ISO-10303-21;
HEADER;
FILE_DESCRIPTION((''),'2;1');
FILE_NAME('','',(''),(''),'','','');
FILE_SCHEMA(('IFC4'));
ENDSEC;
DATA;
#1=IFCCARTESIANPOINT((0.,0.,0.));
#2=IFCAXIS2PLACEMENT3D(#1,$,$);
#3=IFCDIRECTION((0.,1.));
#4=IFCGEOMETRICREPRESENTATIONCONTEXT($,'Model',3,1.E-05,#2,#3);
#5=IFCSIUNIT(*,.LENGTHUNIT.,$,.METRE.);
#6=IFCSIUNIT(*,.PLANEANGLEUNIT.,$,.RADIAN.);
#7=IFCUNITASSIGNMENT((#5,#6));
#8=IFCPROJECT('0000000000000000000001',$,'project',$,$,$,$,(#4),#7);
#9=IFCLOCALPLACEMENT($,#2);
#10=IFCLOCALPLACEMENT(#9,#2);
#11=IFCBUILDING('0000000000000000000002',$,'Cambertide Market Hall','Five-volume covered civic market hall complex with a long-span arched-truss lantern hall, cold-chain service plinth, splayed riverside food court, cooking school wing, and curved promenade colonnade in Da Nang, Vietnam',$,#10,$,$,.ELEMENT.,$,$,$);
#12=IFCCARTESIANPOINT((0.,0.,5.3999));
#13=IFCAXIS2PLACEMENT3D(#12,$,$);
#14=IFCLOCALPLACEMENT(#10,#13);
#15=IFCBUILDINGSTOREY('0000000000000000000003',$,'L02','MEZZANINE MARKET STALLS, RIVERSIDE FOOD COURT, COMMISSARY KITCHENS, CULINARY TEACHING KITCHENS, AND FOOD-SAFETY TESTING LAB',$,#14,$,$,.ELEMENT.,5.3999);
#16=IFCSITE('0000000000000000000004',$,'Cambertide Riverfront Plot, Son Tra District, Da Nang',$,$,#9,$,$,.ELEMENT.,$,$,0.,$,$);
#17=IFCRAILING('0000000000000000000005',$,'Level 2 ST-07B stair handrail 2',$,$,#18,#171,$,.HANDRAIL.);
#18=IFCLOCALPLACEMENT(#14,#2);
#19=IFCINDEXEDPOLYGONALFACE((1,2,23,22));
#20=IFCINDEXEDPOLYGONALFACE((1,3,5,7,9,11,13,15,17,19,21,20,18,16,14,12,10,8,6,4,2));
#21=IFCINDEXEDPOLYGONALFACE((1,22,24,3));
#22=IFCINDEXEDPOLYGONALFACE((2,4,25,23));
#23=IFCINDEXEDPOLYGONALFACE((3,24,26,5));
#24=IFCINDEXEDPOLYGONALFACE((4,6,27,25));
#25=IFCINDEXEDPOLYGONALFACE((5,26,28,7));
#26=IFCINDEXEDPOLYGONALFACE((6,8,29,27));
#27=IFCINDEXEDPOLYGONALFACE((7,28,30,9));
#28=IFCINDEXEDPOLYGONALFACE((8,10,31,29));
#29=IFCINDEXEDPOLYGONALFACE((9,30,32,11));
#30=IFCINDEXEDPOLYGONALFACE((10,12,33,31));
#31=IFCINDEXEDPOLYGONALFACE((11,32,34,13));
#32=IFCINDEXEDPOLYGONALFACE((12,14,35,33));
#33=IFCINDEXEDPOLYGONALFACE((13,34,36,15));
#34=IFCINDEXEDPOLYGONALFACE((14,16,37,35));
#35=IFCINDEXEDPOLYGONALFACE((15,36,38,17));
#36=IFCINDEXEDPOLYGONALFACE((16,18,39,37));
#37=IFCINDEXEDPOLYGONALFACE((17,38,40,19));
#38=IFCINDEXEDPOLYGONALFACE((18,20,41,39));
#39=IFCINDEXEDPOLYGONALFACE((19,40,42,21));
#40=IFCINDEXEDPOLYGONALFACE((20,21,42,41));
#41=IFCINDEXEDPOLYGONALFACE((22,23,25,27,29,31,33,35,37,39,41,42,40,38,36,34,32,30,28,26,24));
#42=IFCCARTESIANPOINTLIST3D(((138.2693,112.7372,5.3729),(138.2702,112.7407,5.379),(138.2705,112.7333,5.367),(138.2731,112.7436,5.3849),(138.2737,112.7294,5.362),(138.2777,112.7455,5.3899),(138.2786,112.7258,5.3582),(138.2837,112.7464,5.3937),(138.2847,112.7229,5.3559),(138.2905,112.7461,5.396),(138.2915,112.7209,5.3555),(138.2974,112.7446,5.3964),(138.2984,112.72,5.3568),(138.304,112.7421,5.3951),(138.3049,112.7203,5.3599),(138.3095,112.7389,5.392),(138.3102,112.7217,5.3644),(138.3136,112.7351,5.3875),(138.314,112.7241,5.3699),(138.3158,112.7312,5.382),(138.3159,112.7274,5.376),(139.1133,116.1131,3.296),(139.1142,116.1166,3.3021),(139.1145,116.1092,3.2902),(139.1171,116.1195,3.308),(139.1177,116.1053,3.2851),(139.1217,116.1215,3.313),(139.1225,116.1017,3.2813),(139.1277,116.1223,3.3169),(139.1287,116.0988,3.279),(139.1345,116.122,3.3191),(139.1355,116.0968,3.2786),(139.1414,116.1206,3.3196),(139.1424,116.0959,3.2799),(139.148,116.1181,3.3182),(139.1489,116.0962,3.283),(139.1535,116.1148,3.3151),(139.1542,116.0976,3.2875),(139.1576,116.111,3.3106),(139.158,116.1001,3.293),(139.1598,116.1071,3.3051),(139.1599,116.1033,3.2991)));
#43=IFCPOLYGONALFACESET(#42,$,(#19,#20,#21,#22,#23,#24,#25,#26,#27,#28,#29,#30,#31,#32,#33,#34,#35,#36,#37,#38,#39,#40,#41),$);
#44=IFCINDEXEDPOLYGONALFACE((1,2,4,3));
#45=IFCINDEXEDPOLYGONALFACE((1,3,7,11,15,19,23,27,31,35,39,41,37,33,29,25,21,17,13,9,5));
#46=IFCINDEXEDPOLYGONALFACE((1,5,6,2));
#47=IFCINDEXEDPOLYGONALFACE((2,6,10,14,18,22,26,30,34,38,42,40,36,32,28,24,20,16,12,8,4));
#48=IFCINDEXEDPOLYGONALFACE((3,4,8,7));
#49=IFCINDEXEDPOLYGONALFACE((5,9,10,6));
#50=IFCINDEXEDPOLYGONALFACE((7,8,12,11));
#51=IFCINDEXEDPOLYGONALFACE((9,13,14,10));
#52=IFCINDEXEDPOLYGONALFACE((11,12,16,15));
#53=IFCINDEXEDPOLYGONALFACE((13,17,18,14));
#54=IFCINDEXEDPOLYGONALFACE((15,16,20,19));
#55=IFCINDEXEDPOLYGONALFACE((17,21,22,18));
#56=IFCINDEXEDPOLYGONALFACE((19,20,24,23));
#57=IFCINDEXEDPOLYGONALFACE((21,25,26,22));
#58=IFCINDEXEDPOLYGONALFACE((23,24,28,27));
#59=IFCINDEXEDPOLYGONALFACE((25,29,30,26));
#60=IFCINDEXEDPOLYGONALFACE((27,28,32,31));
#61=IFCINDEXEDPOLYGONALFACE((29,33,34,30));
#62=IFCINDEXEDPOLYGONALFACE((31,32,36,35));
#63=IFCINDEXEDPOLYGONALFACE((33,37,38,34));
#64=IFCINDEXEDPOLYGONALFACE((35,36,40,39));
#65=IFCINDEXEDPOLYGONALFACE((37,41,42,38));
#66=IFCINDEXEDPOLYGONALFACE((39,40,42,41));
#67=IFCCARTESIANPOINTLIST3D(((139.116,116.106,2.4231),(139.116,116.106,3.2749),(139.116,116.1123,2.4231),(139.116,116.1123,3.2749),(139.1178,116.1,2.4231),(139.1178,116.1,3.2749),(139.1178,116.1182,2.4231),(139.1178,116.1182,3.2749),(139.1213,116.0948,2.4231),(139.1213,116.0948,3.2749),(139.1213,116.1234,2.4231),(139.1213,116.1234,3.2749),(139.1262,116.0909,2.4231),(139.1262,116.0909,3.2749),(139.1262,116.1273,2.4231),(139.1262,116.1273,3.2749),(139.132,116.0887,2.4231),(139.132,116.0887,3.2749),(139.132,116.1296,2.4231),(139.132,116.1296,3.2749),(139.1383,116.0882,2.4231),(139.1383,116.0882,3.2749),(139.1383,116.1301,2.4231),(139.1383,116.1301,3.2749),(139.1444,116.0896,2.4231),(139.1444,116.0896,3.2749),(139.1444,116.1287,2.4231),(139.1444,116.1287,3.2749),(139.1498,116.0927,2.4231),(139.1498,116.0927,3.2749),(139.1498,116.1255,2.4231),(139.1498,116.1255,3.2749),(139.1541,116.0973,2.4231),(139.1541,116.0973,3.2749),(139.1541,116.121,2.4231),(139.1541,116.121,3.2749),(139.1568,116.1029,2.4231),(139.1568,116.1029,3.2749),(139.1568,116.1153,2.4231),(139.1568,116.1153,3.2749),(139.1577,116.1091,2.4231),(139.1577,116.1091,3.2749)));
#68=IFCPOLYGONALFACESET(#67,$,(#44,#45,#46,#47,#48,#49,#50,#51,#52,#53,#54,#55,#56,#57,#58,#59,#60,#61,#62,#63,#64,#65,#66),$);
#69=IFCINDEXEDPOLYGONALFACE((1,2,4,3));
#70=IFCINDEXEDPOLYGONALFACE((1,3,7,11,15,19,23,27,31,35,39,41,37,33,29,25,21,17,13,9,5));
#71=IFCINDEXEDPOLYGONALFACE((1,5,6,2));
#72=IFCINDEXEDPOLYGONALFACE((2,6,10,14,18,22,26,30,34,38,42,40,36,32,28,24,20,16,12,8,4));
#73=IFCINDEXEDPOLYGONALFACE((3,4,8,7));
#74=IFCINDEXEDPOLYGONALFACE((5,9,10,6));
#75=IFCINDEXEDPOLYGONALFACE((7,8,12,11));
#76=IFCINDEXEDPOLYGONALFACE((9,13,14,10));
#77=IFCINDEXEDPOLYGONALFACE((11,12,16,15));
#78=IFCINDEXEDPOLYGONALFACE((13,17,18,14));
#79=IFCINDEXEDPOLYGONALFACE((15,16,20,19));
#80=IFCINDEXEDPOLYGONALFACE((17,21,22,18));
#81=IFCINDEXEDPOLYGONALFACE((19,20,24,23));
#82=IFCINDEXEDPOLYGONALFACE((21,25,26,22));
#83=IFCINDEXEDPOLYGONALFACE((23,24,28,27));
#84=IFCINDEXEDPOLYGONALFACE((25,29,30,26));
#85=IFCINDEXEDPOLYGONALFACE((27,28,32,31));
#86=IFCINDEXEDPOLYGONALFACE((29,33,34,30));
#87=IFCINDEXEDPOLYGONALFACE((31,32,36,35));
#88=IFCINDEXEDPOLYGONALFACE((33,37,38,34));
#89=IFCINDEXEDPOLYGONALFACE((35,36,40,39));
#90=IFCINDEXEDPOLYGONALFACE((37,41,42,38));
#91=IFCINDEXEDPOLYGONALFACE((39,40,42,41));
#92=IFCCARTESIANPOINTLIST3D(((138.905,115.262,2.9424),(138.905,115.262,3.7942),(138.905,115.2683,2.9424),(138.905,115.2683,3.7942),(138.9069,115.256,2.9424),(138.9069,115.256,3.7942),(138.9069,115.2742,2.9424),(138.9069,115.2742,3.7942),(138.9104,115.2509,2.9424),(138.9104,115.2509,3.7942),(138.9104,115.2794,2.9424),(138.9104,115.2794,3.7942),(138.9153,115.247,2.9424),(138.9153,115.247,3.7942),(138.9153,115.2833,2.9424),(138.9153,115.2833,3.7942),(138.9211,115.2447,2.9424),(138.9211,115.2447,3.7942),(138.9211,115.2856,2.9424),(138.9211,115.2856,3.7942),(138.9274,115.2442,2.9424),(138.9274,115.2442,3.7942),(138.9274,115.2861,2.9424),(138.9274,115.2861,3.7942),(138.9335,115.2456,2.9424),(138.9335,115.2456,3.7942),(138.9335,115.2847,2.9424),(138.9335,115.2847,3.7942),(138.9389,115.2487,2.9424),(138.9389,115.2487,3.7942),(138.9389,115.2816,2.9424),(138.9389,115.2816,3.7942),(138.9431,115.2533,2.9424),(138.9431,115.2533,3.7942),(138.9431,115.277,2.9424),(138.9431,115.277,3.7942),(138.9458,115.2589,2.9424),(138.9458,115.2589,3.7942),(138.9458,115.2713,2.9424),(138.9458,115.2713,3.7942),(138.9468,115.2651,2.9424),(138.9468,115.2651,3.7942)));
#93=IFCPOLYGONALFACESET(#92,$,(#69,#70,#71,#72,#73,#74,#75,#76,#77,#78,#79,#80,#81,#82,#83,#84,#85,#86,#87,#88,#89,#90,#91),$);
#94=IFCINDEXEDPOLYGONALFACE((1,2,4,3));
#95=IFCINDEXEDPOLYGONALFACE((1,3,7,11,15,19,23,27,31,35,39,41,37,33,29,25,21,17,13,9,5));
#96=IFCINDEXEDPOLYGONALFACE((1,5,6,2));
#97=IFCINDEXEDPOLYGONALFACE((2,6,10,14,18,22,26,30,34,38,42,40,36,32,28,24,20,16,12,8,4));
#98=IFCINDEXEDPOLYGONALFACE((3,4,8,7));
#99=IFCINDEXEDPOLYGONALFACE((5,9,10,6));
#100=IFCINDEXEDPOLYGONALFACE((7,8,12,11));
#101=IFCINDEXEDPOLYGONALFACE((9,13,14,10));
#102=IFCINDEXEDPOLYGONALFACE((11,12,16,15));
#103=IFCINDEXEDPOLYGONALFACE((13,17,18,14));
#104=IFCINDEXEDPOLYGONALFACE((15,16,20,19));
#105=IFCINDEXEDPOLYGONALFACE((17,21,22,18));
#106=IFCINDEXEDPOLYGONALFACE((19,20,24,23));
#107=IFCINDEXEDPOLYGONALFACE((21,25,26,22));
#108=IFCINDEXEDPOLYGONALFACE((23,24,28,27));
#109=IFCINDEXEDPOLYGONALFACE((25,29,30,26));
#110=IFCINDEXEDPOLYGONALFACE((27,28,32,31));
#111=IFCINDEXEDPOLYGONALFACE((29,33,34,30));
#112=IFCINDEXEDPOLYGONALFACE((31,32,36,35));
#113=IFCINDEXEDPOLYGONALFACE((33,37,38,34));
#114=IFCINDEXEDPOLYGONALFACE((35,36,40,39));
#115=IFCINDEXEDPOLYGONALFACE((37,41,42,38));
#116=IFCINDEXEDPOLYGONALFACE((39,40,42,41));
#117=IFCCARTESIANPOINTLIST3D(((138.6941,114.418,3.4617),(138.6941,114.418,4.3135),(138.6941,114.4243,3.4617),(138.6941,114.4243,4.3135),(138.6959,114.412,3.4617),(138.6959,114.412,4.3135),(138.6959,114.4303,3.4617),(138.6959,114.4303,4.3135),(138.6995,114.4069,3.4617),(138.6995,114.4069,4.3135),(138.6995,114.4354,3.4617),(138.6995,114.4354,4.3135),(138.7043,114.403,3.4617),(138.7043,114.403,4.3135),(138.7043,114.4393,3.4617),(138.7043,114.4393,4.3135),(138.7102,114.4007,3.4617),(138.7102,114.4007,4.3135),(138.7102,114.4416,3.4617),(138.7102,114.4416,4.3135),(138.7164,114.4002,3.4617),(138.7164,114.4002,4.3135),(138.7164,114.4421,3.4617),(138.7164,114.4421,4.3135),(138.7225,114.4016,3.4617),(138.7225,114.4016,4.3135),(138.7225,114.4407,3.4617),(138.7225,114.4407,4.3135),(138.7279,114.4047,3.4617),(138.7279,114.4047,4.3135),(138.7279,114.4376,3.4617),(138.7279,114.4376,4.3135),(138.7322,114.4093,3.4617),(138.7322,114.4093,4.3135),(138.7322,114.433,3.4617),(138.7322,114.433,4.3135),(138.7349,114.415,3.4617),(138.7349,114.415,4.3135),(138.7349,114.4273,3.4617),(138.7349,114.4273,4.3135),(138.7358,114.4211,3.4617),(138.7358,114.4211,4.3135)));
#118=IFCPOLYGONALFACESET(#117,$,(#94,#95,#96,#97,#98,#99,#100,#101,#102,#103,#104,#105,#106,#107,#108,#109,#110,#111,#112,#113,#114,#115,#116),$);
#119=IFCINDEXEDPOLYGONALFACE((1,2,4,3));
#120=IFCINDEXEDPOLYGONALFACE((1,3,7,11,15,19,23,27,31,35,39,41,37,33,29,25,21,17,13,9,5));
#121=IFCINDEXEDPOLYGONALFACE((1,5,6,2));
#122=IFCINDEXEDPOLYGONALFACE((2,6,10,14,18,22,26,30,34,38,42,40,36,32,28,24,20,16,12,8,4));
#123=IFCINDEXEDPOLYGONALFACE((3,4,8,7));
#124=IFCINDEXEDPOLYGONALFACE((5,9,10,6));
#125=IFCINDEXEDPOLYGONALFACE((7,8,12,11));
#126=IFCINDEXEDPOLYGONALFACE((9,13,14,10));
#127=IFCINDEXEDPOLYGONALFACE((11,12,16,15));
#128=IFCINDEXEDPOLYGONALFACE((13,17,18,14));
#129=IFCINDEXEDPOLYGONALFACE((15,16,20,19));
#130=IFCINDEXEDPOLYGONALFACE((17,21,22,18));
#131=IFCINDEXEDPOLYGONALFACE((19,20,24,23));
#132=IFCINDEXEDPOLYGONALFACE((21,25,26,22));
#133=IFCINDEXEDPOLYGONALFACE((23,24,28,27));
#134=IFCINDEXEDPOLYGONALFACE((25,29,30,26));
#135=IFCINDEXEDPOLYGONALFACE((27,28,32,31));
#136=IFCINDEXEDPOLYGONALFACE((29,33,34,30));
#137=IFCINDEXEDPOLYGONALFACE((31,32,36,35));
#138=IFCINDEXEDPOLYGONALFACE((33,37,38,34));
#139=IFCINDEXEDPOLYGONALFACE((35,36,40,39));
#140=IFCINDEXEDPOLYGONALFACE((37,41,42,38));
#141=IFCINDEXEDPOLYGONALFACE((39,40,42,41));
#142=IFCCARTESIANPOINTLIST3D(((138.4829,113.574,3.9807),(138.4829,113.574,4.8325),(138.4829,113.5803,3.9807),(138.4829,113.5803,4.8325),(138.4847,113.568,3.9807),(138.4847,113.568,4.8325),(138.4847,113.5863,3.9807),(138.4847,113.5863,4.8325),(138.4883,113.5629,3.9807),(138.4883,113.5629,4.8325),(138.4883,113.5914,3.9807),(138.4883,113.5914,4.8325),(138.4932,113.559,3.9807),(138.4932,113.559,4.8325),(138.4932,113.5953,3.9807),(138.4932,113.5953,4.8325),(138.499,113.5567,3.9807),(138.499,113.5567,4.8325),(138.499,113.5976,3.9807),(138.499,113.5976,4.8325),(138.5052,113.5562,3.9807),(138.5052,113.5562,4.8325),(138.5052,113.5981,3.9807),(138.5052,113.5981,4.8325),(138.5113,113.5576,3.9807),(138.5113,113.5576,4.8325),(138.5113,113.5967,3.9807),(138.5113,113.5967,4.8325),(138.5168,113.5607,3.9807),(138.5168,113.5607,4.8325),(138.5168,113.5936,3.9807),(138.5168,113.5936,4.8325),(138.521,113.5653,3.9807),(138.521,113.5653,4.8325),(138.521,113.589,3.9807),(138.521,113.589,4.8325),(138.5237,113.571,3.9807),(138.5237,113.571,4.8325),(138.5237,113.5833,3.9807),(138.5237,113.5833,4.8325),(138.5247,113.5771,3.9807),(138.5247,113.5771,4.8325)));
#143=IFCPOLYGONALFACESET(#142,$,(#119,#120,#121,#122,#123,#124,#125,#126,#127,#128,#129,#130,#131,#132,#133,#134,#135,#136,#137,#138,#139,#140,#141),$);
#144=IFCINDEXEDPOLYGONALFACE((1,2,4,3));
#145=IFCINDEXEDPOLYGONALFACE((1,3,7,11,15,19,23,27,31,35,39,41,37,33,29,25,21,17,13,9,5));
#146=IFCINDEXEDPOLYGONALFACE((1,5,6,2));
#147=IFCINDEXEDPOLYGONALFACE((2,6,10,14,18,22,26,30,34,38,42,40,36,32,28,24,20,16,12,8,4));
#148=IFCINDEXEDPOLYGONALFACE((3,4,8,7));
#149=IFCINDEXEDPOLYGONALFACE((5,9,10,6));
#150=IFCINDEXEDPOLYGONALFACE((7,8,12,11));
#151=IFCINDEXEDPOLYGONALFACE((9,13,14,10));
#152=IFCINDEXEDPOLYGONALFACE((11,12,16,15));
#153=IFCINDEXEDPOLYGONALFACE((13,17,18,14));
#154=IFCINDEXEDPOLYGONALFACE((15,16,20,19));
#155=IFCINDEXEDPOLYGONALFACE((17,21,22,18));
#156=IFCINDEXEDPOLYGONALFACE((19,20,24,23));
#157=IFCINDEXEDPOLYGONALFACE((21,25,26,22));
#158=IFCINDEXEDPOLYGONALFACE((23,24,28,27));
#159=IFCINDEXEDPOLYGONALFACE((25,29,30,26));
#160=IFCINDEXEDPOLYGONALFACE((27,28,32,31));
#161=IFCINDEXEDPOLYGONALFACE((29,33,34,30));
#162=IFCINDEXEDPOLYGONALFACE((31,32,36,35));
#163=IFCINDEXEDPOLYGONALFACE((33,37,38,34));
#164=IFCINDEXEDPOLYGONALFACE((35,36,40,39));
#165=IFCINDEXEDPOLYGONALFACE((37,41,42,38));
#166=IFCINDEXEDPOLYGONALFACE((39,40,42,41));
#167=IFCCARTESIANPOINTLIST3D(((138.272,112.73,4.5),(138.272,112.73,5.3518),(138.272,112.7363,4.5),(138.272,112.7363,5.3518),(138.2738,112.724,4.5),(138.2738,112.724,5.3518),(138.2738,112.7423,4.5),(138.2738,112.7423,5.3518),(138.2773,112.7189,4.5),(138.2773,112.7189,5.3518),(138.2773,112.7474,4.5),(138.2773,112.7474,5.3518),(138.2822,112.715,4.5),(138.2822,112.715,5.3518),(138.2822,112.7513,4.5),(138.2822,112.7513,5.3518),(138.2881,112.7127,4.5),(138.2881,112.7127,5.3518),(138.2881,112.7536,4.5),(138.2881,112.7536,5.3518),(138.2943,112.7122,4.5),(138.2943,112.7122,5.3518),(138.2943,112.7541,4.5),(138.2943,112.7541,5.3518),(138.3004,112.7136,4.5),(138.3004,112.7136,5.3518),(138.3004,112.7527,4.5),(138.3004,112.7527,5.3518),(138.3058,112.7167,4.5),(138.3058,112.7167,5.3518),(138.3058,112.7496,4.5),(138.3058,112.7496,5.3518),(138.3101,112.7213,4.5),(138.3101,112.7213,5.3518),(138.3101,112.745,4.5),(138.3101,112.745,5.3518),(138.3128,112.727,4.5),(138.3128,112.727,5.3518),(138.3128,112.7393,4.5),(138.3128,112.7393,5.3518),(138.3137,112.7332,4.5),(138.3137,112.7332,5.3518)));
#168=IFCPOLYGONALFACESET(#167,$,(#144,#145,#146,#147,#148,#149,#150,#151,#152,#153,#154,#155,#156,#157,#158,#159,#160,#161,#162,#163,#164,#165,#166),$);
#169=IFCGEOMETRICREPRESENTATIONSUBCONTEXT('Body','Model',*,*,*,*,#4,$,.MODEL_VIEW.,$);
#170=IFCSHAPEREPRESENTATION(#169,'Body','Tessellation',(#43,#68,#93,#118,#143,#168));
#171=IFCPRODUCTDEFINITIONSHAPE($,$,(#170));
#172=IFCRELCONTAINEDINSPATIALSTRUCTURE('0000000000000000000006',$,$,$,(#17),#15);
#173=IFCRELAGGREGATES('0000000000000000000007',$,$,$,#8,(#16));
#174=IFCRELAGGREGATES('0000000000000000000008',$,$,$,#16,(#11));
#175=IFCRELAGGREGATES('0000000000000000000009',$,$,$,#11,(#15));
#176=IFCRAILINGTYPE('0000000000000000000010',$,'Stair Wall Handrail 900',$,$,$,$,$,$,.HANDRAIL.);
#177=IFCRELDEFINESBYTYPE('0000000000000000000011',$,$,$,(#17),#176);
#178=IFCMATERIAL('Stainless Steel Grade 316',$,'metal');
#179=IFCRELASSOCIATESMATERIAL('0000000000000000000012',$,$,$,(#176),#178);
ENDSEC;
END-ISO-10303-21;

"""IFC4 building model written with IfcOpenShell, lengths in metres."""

from ifc_helpers import new_model, si_unit, direction, frame, origin, origin_2d, place, context, subcontext, project, spatial, circle, extrude, material, type_object, element, save


model = new_model("IFC4")

# Units and contexts
model_context = context("Model", 3, precision=1e-05, world=origin(), true_north=direction((0.0, 1.0)))
body_context = subcontext(model_context, "Body", "Model", "MODEL_VIEW")
ifc_project = project(units=[si_unit("LENGTHUNIT", "METRE"), si_unit("PLANEANGLEUNIT", "RADIAN")], contexts=[model_context])

# Site, building, storey
site_placement = place(None, origin())
site = spatial("IfcSite", under=ifc_project, at=site_placement, Name="Cambertide Riverfront Plot, Son Tra District, Da Nang", CompositionType="ELEMENT", RefElevation=0.0)
building_placement = place(site_placement, origin())
building = spatial("IfcBuilding", under=site, at=building_placement, Name="Cambertide Market Hall", Description="Five-volume covered civic market hall complex with a long-span arched-truss lantern hall, cold-chain service plinth, splayed riverside food court, cooking school wing, and curved promenade colonnade in Da Nang, Vietnam", CompositionType="ELEMENT")
storey_placement = place(building_placement, frame((0.0, 0.0, 5.3999)))
storey = spatial("IfcBuildingStorey", under=building, at=storey_placement, Name="L02", Description="MEZZANINE MARKET STALLS, RIVERSIDE FOOD COURT, COMMISSARY KITCHENS, CULINARY TEACHING KITCHENS, AND FOOD-SAFETY TESTING LAB", CompositionType="ELEMENT", Elevation=5.3999)

# Railing
ifc_material_1 = material(Name="Stainless Steel Grade 316", Category="metal")
railing_type_1 = type_object("IfcRailingType", Name="Stair Wall Handrail 900", PredefinedType="HANDRAIL", material=ifc_material_1)
railing_1_placement = place(storey_placement, frame((139.1367, 116.1091, 2.4231)))
element("IfcRailing", 1, at=railing_1_placement, inside=storey, type_object=railing_type_1, Name="Level 2 ST-07B stair handrail 2", PredefinedType="HANDRAIL", context=body_context, shape_type="SweptSolid", body=[
    extrude(circle(Radius=0.0239, at=origin_2d()), frame((0.0, 0.0, 0.876), z_axis=(-0.208263, -0.833052, 0.512495), x_axis=(0.970143, -0.242536, 0.0)), (0.0, 0.0, 1.0), 4.0525),
    extrude(circle(Radius=0.021, at=origin_2d()), origin(), (0.0, 0.0, 1.0), 0.8518),
    extrude(circle(Radius=0.021, at=origin_2d()), frame((-0.2109, -0.844, 0.5193)), (0.0, 0.0, 1.0), 0.8518),
    extrude(circle(Radius=0.021, at=origin_2d()), frame((-0.4219, -1.688, 1.0386)), (0.0, 0.0, 1.0), 0.8518),
    extrude(circle(Radius=0.021, at=origin_2d()), frame((-0.6331, -2.532, 1.5576)), (0.0, 0.0, 1.0), 0.8518),
    extrude(circle(Radius=0.021, at=origin_2d()), frame((-0.844, -3.376, 2.0769)), (0.0, 0.0, 1.0), 0.8518),
])

save(model, "model.ifc")
